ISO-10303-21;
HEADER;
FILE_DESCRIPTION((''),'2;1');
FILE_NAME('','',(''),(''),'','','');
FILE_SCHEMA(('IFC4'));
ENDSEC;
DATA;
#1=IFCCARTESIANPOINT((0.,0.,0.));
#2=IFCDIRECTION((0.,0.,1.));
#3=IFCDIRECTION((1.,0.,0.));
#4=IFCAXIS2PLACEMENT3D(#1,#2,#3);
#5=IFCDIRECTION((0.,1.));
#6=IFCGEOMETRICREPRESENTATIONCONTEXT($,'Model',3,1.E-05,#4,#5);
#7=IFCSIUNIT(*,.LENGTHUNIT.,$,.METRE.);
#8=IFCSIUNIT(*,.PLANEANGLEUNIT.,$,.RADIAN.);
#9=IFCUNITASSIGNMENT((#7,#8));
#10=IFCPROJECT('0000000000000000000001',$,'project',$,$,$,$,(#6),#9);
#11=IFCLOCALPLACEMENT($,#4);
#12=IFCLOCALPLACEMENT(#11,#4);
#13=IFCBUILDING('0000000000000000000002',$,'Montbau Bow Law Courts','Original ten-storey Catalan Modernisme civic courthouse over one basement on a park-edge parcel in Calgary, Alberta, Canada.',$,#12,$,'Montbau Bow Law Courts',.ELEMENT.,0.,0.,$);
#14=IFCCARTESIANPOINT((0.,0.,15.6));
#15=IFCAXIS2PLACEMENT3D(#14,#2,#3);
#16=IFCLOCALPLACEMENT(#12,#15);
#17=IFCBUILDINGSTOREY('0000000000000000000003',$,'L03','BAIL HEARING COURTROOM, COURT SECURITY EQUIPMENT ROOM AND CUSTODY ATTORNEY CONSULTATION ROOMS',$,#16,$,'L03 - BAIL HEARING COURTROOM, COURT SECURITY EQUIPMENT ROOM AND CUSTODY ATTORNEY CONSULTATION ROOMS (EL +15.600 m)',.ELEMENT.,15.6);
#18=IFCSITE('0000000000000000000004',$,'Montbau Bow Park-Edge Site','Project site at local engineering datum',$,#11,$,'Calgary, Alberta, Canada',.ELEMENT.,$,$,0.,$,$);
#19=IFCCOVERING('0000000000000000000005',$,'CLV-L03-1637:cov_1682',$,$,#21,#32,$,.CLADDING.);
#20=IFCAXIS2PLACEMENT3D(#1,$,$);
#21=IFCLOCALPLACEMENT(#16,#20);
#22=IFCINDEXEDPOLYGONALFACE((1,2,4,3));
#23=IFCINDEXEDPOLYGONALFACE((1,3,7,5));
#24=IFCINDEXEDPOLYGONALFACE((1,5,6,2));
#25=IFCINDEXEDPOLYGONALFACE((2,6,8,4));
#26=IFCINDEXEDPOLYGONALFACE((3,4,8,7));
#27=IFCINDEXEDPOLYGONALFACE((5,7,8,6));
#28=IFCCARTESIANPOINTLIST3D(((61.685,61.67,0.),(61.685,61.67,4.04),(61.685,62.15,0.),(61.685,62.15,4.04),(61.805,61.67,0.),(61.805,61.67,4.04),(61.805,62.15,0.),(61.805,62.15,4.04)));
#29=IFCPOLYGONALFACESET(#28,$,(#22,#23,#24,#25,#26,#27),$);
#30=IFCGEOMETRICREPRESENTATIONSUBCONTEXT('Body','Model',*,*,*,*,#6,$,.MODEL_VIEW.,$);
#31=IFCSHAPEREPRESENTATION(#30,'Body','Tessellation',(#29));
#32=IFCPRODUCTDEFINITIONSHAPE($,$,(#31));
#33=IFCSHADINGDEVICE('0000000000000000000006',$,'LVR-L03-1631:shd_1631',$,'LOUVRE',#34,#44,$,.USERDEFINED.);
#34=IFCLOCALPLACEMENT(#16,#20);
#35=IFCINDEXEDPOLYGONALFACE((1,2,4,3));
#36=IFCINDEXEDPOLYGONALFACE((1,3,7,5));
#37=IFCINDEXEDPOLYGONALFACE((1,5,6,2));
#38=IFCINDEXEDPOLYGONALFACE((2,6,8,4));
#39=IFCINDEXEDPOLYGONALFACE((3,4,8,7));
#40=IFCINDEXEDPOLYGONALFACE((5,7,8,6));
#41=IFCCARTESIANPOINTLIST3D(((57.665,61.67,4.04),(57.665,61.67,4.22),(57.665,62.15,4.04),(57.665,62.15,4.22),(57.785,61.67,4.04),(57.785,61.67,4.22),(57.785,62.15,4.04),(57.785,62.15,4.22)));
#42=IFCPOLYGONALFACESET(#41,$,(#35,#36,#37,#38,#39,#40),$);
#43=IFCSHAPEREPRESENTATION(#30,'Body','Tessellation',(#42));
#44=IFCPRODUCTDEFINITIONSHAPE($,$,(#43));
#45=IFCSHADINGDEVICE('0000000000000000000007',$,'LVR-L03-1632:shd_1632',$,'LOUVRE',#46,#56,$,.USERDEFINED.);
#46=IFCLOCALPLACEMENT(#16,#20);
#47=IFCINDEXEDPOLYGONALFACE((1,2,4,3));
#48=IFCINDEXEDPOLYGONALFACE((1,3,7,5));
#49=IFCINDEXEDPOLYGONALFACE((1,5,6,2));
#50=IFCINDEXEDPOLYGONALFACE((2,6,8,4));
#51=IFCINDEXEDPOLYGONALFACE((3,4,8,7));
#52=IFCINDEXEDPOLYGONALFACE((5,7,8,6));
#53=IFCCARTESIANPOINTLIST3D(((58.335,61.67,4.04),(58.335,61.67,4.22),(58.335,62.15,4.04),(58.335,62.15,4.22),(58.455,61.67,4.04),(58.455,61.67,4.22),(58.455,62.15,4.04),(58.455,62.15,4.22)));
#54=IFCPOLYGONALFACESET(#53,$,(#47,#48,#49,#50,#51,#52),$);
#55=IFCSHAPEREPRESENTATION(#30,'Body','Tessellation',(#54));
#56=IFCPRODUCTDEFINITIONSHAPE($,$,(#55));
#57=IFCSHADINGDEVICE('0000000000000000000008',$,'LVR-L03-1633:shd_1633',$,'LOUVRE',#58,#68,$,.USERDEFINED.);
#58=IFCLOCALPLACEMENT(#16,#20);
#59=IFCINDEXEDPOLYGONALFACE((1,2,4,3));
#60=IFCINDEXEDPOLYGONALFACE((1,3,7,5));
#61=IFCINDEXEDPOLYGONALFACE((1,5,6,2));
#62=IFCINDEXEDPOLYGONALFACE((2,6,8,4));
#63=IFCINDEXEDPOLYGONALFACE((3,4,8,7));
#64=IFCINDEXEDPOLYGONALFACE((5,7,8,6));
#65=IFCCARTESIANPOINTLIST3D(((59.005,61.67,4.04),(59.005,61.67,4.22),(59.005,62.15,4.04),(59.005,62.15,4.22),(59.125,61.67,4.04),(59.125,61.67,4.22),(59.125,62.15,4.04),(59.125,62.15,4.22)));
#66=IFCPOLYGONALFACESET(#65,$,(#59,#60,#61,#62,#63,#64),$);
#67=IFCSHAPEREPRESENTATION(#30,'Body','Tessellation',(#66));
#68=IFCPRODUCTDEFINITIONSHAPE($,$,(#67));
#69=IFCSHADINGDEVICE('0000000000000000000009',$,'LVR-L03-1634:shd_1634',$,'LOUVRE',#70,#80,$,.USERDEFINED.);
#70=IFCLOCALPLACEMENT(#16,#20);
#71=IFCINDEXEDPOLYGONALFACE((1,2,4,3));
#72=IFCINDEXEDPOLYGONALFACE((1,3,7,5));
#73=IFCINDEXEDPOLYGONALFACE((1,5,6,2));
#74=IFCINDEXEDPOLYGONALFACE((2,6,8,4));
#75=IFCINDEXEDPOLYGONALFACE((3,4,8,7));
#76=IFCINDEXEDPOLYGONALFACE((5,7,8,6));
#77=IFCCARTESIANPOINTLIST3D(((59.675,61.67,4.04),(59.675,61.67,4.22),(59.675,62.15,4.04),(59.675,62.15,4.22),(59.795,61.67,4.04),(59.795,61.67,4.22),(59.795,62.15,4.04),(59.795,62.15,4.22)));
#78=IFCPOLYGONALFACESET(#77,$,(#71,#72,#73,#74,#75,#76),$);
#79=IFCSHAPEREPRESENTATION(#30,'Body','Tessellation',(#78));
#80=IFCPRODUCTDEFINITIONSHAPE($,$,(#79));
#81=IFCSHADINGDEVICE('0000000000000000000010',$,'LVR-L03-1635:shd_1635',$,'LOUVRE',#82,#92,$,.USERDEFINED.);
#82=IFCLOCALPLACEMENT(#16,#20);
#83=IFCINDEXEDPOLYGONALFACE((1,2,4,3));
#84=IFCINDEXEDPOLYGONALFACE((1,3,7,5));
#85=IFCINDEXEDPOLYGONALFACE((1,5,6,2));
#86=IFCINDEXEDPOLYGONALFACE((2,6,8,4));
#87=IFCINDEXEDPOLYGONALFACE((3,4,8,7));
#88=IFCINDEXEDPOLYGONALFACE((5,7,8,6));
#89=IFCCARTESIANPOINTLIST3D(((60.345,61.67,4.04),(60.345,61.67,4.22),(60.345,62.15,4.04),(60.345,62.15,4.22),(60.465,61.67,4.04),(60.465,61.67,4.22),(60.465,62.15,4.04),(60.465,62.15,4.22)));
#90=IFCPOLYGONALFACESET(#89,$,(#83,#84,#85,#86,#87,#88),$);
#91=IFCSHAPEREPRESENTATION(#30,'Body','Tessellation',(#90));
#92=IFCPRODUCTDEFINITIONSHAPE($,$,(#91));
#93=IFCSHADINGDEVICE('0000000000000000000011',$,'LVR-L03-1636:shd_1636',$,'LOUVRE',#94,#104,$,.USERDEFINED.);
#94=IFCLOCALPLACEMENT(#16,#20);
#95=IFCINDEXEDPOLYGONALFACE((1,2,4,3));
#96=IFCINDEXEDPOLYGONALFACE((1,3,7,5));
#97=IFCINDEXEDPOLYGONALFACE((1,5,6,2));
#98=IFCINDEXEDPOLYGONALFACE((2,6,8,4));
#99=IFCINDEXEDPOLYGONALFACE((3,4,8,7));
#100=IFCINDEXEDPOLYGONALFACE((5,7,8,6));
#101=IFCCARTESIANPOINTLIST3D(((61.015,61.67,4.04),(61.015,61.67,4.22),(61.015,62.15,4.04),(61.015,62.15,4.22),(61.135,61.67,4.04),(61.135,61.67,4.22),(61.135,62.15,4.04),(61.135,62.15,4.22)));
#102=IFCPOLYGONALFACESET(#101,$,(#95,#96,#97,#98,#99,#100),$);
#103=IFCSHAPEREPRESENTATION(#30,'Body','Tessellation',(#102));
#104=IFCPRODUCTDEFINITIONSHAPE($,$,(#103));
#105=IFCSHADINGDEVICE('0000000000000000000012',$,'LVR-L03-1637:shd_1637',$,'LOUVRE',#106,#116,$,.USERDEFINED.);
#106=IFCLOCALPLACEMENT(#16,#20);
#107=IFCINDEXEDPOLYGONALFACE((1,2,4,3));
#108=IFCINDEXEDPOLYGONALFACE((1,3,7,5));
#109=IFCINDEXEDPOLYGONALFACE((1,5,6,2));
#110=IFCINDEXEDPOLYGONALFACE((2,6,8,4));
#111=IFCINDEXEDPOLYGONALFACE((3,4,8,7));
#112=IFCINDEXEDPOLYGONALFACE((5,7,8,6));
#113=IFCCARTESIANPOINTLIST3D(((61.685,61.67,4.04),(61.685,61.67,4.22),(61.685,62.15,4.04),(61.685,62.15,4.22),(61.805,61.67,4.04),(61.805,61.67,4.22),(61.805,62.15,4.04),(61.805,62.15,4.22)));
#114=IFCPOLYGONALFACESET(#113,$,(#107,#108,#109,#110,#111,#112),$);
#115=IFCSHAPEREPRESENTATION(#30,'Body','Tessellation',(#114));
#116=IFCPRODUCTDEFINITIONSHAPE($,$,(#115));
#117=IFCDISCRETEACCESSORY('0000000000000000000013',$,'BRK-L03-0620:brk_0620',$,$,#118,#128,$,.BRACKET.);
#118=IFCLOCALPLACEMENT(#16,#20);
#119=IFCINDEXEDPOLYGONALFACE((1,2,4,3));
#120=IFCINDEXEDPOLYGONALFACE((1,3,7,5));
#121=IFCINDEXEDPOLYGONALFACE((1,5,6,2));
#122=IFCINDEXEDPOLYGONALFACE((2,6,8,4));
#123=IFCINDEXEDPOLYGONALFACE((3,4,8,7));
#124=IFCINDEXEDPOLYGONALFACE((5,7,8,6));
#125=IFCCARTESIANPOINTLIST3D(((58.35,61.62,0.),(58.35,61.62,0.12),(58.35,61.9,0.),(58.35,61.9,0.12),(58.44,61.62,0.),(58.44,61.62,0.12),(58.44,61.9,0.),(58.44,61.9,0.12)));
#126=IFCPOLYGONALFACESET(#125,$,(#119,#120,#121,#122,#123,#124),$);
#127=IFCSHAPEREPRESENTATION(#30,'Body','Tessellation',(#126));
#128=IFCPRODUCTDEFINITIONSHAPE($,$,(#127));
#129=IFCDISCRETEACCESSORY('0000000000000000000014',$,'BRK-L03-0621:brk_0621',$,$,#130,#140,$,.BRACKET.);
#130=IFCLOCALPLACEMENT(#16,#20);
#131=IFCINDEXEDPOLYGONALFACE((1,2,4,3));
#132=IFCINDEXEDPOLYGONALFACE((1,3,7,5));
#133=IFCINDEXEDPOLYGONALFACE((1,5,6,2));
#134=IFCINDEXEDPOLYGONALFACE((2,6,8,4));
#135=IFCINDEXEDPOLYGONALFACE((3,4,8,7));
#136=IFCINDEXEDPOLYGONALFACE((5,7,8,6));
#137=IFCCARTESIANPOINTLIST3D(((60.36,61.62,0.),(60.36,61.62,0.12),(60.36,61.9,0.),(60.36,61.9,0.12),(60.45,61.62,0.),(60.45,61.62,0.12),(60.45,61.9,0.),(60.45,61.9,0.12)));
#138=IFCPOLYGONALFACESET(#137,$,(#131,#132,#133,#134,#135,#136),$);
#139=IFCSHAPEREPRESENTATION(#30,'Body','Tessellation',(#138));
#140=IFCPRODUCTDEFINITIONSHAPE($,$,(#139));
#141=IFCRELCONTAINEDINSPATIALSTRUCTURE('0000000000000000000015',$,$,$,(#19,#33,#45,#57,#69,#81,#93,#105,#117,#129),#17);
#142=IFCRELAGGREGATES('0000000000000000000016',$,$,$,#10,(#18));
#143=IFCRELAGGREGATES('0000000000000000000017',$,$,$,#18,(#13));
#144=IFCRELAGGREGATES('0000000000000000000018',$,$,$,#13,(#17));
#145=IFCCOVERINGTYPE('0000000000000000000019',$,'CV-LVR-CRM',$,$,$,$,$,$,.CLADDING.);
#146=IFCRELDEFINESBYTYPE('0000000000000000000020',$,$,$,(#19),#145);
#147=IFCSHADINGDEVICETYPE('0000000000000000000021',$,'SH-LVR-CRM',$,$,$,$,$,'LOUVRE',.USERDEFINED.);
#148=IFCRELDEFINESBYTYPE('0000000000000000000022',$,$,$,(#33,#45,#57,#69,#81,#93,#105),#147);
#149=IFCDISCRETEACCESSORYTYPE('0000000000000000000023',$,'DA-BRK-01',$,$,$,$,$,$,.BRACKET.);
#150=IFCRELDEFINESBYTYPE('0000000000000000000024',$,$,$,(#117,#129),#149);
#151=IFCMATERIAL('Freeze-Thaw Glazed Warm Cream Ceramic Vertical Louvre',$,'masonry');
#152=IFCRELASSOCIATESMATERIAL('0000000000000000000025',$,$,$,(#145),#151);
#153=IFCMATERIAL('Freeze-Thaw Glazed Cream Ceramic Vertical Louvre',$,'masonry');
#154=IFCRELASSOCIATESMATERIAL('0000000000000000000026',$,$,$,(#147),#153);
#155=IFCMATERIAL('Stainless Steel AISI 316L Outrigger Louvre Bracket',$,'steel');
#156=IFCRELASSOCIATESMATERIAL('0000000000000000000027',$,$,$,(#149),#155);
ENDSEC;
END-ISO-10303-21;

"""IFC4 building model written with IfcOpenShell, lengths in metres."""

from ifc_helpers import new_model, si_unit, direction, frame, frame_2d, origin_with_axes, origin_2d_with_axis, place, context, subcontext, project, spatial, rectangle, extrude, material, type_object, element, save


model = new_model("IFC4")

# Units and contexts
model_context = context("Model", 3, precision=1e-05, world=origin_with_axes(), true_north=direction((0.0, 1.0)))
body_context = subcontext(model_context, "Body", "Model", "MODEL_VIEW")
ifc_project = project(units=[si_unit("LENGTHUNIT", "METRE"), si_unit("PLANEANGLEUNIT", "RADIAN")], contexts=[model_context])

# Site, building, storey
site_placement = place(None, origin_with_axes())
site = spatial("IfcSite", under=ifc_project, at=site_placement, Name="Montbau Bow Park-Edge Site", Description="Project site at local engineering datum", LongName="Calgary, Alberta, Canada", CompositionType="ELEMENT", RefElevation=0.0)
building_placement = place(site_placement, origin_with_axes())
building = spatial("IfcBuilding", under=site, at=building_placement, Name="Montbau Bow Law Courts", Description="Original ten-storey Catalan Modernisme civic courthouse over one basement on a park-edge parcel in Calgary, Alberta, Canada.", LongName="Montbau Bow Law Courts", CompositionType="ELEMENT", ElevationOfRefHeight=0.0, ElevationOfTerrain=0.0)
storey_placement = place(building_placement, frame((0.0, 0.0, 15.6), z_axis=(0.0, 0.0, 1.0), x_axis=(1.0, 0.0, 0.0)))
storey = spatial("IfcBuildingStorey", under=building, at=storey_placement, Name="L03", Description="BAIL HEARING COURTROOM, COURT SECURITY EQUIPMENT ROOM AND CUSTODY ATTORNEY CONSULTATION ROOMS", LongName="L03 - BAIL HEARING COURTROOM, COURT SECURITY EQUIPMENT ROOM AND CUSTODY ATTORNEY CONSULTATION ROOMS (EL +15.600 m)", CompositionType="ELEMENT", Elevation=15.6)

# Covering
ifc_material_1 = material(Name="Freeze-Thaw Glazed Warm Cream Ceramic Vertical Louvre", Category="masonry")
covering_type = type_object("IfcCoveringType", Name="CV-LVR-CRM", PredefinedType="CLADDING", material=ifc_material_1)
for number, where, z_axis, x_axis, name in (
    (1, (61.745, 61.67, 15.6), (1.0, 0.0, 0.0), (0.0, 1.0, 0.0), "CLV-L03-1637:cov_1682"),
):
    element("IfcCovering", number, at=place(None, frame(where, z_axis=z_axis, x_axis=x_axis)), inside=storey, type_object=covering_type, Name=name, PredefinedType="CLADDING", context=body_context, shape_type="SweptSolid", body=[
        extrude(rectangle(XDim=0.48, YDim=4.04, at=frame_2d((0.24, 2.02), x_axis=(1.0, 0.0))), frame((0.0, 0.0, -0.06), z_axis=(0.0, 0.0, 1.0), x_axis=(1.0, 0.0, 0.0)), (0.0, 0.0, 1.0), 0.12),
    ])

# Shading devices
ifc_material_2 = material(Name="Freeze-Thaw Glazed Cream Ceramic Vertical Louvre", Category="masonry")
shading_device_type = type_object("IfcShadingDeviceType", Name="SH-LVR-CRM", ElementType="LOUVRE", PredefinedType="USERDEFINED", material=ifc_material_2)
for number, where, z_axis, x_axis, name in (
    (2, (57.725, 61.91, 19.64), (0.0, 0.0, 1.0), (0.0, 1.0, 0.0), "LVR-L03-1631:shd_1631"),
    (3, (58.395, 61.91, 19.64), (0.0, 0.0, 1.0), (0.0, 1.0, 0.0), "LVR-L03-1632:shd_1632"),
    (4, (59.065, 61.91, 19.64), (0.0, 0.0, 1.0), (0.0, 1.0, 0.0), "LVR-L03-1633:shd_1633"),
    (5, (59.735, 61.91, 19.64), (0.0, 0.0, 1.0), (0.0, 1.0, 0.0), "LVR-L03-1634:shd_1634"),
    (6, (60.405, 61.91, 19.64), (0.0, 0.0, 1.0), (0.0, 1.0, 0.0), "LVR-L03-1635:shd_1635"),
    (7, (61.075, 61.91, 19.64), (0.0, 0.0, 1.0), (0.0, 1.0, 0.0), "LVR-L03-1636:shd_1636"),
    (8, (61.745, 61.91, 19.64), (0.0, 0.0, 1.0), (0.0, 1.0, 0.0), "LVR-L03-1637:shd_1637"),
):
    element("IfcShadingDevice", number, at=place(None, frame(where, z_axis=z_axis, x_axis=x_axis)), inside=storey, type_object=shading_device_type, Name=name, ObjectType="LOUVRE", PredefinedType="USERDEFINED", context=body_context, shape_type="SweptSolid", body=[
        extrude(rectangle(XDim=0.48, YDim=0.12, at=origin_2d_with_axis()), origin_with_axes(), (0.0, 0.0, 1.0), 0.18),
    ])

# Discrete accessories
ifc_material_3 = material(Name="Stainless Steel AISI 316L Outrigger Louvre Bracket", Category="steel")
discrete_accessory_type = type_object("IfcDiscreteAccessoryType", Name="DA-BRK-01", PredefinedType="BRACKET", material=ifc_material_3)
for number, where, z_axis, x_axis, name in (
    (9, (58.395, 61.76, 15.6), (0.0, 0.0, 1.0), (0.0, 1.0, 0.0), "BRK-L03-0620:brk_0620"),
    (10, (60.405, 61.76, 15.6), (0.0, 0.0, 1.0), (0.0, 1.0, 0.0), "BRK-L03-0621:brk_0621"),
):
    element("IfcDiscreteAccessory", number, at=place(None, frame(where, z_axis=z_axis, x_axis=x_axis)), inside=storey, type_object=discrete_accessory_type, Name=name, PredefinedType="BRACKET", context=body_context, shape_type="SweptSolid", body=[
        extrude(rectangle(XDim=0.28, YDim=0.09, at=origin_2d_with_axis()), origin_with_axes(), (0.0, 0.0, 1.0), 0.12),
    ])

save(model, "model.ifc")
